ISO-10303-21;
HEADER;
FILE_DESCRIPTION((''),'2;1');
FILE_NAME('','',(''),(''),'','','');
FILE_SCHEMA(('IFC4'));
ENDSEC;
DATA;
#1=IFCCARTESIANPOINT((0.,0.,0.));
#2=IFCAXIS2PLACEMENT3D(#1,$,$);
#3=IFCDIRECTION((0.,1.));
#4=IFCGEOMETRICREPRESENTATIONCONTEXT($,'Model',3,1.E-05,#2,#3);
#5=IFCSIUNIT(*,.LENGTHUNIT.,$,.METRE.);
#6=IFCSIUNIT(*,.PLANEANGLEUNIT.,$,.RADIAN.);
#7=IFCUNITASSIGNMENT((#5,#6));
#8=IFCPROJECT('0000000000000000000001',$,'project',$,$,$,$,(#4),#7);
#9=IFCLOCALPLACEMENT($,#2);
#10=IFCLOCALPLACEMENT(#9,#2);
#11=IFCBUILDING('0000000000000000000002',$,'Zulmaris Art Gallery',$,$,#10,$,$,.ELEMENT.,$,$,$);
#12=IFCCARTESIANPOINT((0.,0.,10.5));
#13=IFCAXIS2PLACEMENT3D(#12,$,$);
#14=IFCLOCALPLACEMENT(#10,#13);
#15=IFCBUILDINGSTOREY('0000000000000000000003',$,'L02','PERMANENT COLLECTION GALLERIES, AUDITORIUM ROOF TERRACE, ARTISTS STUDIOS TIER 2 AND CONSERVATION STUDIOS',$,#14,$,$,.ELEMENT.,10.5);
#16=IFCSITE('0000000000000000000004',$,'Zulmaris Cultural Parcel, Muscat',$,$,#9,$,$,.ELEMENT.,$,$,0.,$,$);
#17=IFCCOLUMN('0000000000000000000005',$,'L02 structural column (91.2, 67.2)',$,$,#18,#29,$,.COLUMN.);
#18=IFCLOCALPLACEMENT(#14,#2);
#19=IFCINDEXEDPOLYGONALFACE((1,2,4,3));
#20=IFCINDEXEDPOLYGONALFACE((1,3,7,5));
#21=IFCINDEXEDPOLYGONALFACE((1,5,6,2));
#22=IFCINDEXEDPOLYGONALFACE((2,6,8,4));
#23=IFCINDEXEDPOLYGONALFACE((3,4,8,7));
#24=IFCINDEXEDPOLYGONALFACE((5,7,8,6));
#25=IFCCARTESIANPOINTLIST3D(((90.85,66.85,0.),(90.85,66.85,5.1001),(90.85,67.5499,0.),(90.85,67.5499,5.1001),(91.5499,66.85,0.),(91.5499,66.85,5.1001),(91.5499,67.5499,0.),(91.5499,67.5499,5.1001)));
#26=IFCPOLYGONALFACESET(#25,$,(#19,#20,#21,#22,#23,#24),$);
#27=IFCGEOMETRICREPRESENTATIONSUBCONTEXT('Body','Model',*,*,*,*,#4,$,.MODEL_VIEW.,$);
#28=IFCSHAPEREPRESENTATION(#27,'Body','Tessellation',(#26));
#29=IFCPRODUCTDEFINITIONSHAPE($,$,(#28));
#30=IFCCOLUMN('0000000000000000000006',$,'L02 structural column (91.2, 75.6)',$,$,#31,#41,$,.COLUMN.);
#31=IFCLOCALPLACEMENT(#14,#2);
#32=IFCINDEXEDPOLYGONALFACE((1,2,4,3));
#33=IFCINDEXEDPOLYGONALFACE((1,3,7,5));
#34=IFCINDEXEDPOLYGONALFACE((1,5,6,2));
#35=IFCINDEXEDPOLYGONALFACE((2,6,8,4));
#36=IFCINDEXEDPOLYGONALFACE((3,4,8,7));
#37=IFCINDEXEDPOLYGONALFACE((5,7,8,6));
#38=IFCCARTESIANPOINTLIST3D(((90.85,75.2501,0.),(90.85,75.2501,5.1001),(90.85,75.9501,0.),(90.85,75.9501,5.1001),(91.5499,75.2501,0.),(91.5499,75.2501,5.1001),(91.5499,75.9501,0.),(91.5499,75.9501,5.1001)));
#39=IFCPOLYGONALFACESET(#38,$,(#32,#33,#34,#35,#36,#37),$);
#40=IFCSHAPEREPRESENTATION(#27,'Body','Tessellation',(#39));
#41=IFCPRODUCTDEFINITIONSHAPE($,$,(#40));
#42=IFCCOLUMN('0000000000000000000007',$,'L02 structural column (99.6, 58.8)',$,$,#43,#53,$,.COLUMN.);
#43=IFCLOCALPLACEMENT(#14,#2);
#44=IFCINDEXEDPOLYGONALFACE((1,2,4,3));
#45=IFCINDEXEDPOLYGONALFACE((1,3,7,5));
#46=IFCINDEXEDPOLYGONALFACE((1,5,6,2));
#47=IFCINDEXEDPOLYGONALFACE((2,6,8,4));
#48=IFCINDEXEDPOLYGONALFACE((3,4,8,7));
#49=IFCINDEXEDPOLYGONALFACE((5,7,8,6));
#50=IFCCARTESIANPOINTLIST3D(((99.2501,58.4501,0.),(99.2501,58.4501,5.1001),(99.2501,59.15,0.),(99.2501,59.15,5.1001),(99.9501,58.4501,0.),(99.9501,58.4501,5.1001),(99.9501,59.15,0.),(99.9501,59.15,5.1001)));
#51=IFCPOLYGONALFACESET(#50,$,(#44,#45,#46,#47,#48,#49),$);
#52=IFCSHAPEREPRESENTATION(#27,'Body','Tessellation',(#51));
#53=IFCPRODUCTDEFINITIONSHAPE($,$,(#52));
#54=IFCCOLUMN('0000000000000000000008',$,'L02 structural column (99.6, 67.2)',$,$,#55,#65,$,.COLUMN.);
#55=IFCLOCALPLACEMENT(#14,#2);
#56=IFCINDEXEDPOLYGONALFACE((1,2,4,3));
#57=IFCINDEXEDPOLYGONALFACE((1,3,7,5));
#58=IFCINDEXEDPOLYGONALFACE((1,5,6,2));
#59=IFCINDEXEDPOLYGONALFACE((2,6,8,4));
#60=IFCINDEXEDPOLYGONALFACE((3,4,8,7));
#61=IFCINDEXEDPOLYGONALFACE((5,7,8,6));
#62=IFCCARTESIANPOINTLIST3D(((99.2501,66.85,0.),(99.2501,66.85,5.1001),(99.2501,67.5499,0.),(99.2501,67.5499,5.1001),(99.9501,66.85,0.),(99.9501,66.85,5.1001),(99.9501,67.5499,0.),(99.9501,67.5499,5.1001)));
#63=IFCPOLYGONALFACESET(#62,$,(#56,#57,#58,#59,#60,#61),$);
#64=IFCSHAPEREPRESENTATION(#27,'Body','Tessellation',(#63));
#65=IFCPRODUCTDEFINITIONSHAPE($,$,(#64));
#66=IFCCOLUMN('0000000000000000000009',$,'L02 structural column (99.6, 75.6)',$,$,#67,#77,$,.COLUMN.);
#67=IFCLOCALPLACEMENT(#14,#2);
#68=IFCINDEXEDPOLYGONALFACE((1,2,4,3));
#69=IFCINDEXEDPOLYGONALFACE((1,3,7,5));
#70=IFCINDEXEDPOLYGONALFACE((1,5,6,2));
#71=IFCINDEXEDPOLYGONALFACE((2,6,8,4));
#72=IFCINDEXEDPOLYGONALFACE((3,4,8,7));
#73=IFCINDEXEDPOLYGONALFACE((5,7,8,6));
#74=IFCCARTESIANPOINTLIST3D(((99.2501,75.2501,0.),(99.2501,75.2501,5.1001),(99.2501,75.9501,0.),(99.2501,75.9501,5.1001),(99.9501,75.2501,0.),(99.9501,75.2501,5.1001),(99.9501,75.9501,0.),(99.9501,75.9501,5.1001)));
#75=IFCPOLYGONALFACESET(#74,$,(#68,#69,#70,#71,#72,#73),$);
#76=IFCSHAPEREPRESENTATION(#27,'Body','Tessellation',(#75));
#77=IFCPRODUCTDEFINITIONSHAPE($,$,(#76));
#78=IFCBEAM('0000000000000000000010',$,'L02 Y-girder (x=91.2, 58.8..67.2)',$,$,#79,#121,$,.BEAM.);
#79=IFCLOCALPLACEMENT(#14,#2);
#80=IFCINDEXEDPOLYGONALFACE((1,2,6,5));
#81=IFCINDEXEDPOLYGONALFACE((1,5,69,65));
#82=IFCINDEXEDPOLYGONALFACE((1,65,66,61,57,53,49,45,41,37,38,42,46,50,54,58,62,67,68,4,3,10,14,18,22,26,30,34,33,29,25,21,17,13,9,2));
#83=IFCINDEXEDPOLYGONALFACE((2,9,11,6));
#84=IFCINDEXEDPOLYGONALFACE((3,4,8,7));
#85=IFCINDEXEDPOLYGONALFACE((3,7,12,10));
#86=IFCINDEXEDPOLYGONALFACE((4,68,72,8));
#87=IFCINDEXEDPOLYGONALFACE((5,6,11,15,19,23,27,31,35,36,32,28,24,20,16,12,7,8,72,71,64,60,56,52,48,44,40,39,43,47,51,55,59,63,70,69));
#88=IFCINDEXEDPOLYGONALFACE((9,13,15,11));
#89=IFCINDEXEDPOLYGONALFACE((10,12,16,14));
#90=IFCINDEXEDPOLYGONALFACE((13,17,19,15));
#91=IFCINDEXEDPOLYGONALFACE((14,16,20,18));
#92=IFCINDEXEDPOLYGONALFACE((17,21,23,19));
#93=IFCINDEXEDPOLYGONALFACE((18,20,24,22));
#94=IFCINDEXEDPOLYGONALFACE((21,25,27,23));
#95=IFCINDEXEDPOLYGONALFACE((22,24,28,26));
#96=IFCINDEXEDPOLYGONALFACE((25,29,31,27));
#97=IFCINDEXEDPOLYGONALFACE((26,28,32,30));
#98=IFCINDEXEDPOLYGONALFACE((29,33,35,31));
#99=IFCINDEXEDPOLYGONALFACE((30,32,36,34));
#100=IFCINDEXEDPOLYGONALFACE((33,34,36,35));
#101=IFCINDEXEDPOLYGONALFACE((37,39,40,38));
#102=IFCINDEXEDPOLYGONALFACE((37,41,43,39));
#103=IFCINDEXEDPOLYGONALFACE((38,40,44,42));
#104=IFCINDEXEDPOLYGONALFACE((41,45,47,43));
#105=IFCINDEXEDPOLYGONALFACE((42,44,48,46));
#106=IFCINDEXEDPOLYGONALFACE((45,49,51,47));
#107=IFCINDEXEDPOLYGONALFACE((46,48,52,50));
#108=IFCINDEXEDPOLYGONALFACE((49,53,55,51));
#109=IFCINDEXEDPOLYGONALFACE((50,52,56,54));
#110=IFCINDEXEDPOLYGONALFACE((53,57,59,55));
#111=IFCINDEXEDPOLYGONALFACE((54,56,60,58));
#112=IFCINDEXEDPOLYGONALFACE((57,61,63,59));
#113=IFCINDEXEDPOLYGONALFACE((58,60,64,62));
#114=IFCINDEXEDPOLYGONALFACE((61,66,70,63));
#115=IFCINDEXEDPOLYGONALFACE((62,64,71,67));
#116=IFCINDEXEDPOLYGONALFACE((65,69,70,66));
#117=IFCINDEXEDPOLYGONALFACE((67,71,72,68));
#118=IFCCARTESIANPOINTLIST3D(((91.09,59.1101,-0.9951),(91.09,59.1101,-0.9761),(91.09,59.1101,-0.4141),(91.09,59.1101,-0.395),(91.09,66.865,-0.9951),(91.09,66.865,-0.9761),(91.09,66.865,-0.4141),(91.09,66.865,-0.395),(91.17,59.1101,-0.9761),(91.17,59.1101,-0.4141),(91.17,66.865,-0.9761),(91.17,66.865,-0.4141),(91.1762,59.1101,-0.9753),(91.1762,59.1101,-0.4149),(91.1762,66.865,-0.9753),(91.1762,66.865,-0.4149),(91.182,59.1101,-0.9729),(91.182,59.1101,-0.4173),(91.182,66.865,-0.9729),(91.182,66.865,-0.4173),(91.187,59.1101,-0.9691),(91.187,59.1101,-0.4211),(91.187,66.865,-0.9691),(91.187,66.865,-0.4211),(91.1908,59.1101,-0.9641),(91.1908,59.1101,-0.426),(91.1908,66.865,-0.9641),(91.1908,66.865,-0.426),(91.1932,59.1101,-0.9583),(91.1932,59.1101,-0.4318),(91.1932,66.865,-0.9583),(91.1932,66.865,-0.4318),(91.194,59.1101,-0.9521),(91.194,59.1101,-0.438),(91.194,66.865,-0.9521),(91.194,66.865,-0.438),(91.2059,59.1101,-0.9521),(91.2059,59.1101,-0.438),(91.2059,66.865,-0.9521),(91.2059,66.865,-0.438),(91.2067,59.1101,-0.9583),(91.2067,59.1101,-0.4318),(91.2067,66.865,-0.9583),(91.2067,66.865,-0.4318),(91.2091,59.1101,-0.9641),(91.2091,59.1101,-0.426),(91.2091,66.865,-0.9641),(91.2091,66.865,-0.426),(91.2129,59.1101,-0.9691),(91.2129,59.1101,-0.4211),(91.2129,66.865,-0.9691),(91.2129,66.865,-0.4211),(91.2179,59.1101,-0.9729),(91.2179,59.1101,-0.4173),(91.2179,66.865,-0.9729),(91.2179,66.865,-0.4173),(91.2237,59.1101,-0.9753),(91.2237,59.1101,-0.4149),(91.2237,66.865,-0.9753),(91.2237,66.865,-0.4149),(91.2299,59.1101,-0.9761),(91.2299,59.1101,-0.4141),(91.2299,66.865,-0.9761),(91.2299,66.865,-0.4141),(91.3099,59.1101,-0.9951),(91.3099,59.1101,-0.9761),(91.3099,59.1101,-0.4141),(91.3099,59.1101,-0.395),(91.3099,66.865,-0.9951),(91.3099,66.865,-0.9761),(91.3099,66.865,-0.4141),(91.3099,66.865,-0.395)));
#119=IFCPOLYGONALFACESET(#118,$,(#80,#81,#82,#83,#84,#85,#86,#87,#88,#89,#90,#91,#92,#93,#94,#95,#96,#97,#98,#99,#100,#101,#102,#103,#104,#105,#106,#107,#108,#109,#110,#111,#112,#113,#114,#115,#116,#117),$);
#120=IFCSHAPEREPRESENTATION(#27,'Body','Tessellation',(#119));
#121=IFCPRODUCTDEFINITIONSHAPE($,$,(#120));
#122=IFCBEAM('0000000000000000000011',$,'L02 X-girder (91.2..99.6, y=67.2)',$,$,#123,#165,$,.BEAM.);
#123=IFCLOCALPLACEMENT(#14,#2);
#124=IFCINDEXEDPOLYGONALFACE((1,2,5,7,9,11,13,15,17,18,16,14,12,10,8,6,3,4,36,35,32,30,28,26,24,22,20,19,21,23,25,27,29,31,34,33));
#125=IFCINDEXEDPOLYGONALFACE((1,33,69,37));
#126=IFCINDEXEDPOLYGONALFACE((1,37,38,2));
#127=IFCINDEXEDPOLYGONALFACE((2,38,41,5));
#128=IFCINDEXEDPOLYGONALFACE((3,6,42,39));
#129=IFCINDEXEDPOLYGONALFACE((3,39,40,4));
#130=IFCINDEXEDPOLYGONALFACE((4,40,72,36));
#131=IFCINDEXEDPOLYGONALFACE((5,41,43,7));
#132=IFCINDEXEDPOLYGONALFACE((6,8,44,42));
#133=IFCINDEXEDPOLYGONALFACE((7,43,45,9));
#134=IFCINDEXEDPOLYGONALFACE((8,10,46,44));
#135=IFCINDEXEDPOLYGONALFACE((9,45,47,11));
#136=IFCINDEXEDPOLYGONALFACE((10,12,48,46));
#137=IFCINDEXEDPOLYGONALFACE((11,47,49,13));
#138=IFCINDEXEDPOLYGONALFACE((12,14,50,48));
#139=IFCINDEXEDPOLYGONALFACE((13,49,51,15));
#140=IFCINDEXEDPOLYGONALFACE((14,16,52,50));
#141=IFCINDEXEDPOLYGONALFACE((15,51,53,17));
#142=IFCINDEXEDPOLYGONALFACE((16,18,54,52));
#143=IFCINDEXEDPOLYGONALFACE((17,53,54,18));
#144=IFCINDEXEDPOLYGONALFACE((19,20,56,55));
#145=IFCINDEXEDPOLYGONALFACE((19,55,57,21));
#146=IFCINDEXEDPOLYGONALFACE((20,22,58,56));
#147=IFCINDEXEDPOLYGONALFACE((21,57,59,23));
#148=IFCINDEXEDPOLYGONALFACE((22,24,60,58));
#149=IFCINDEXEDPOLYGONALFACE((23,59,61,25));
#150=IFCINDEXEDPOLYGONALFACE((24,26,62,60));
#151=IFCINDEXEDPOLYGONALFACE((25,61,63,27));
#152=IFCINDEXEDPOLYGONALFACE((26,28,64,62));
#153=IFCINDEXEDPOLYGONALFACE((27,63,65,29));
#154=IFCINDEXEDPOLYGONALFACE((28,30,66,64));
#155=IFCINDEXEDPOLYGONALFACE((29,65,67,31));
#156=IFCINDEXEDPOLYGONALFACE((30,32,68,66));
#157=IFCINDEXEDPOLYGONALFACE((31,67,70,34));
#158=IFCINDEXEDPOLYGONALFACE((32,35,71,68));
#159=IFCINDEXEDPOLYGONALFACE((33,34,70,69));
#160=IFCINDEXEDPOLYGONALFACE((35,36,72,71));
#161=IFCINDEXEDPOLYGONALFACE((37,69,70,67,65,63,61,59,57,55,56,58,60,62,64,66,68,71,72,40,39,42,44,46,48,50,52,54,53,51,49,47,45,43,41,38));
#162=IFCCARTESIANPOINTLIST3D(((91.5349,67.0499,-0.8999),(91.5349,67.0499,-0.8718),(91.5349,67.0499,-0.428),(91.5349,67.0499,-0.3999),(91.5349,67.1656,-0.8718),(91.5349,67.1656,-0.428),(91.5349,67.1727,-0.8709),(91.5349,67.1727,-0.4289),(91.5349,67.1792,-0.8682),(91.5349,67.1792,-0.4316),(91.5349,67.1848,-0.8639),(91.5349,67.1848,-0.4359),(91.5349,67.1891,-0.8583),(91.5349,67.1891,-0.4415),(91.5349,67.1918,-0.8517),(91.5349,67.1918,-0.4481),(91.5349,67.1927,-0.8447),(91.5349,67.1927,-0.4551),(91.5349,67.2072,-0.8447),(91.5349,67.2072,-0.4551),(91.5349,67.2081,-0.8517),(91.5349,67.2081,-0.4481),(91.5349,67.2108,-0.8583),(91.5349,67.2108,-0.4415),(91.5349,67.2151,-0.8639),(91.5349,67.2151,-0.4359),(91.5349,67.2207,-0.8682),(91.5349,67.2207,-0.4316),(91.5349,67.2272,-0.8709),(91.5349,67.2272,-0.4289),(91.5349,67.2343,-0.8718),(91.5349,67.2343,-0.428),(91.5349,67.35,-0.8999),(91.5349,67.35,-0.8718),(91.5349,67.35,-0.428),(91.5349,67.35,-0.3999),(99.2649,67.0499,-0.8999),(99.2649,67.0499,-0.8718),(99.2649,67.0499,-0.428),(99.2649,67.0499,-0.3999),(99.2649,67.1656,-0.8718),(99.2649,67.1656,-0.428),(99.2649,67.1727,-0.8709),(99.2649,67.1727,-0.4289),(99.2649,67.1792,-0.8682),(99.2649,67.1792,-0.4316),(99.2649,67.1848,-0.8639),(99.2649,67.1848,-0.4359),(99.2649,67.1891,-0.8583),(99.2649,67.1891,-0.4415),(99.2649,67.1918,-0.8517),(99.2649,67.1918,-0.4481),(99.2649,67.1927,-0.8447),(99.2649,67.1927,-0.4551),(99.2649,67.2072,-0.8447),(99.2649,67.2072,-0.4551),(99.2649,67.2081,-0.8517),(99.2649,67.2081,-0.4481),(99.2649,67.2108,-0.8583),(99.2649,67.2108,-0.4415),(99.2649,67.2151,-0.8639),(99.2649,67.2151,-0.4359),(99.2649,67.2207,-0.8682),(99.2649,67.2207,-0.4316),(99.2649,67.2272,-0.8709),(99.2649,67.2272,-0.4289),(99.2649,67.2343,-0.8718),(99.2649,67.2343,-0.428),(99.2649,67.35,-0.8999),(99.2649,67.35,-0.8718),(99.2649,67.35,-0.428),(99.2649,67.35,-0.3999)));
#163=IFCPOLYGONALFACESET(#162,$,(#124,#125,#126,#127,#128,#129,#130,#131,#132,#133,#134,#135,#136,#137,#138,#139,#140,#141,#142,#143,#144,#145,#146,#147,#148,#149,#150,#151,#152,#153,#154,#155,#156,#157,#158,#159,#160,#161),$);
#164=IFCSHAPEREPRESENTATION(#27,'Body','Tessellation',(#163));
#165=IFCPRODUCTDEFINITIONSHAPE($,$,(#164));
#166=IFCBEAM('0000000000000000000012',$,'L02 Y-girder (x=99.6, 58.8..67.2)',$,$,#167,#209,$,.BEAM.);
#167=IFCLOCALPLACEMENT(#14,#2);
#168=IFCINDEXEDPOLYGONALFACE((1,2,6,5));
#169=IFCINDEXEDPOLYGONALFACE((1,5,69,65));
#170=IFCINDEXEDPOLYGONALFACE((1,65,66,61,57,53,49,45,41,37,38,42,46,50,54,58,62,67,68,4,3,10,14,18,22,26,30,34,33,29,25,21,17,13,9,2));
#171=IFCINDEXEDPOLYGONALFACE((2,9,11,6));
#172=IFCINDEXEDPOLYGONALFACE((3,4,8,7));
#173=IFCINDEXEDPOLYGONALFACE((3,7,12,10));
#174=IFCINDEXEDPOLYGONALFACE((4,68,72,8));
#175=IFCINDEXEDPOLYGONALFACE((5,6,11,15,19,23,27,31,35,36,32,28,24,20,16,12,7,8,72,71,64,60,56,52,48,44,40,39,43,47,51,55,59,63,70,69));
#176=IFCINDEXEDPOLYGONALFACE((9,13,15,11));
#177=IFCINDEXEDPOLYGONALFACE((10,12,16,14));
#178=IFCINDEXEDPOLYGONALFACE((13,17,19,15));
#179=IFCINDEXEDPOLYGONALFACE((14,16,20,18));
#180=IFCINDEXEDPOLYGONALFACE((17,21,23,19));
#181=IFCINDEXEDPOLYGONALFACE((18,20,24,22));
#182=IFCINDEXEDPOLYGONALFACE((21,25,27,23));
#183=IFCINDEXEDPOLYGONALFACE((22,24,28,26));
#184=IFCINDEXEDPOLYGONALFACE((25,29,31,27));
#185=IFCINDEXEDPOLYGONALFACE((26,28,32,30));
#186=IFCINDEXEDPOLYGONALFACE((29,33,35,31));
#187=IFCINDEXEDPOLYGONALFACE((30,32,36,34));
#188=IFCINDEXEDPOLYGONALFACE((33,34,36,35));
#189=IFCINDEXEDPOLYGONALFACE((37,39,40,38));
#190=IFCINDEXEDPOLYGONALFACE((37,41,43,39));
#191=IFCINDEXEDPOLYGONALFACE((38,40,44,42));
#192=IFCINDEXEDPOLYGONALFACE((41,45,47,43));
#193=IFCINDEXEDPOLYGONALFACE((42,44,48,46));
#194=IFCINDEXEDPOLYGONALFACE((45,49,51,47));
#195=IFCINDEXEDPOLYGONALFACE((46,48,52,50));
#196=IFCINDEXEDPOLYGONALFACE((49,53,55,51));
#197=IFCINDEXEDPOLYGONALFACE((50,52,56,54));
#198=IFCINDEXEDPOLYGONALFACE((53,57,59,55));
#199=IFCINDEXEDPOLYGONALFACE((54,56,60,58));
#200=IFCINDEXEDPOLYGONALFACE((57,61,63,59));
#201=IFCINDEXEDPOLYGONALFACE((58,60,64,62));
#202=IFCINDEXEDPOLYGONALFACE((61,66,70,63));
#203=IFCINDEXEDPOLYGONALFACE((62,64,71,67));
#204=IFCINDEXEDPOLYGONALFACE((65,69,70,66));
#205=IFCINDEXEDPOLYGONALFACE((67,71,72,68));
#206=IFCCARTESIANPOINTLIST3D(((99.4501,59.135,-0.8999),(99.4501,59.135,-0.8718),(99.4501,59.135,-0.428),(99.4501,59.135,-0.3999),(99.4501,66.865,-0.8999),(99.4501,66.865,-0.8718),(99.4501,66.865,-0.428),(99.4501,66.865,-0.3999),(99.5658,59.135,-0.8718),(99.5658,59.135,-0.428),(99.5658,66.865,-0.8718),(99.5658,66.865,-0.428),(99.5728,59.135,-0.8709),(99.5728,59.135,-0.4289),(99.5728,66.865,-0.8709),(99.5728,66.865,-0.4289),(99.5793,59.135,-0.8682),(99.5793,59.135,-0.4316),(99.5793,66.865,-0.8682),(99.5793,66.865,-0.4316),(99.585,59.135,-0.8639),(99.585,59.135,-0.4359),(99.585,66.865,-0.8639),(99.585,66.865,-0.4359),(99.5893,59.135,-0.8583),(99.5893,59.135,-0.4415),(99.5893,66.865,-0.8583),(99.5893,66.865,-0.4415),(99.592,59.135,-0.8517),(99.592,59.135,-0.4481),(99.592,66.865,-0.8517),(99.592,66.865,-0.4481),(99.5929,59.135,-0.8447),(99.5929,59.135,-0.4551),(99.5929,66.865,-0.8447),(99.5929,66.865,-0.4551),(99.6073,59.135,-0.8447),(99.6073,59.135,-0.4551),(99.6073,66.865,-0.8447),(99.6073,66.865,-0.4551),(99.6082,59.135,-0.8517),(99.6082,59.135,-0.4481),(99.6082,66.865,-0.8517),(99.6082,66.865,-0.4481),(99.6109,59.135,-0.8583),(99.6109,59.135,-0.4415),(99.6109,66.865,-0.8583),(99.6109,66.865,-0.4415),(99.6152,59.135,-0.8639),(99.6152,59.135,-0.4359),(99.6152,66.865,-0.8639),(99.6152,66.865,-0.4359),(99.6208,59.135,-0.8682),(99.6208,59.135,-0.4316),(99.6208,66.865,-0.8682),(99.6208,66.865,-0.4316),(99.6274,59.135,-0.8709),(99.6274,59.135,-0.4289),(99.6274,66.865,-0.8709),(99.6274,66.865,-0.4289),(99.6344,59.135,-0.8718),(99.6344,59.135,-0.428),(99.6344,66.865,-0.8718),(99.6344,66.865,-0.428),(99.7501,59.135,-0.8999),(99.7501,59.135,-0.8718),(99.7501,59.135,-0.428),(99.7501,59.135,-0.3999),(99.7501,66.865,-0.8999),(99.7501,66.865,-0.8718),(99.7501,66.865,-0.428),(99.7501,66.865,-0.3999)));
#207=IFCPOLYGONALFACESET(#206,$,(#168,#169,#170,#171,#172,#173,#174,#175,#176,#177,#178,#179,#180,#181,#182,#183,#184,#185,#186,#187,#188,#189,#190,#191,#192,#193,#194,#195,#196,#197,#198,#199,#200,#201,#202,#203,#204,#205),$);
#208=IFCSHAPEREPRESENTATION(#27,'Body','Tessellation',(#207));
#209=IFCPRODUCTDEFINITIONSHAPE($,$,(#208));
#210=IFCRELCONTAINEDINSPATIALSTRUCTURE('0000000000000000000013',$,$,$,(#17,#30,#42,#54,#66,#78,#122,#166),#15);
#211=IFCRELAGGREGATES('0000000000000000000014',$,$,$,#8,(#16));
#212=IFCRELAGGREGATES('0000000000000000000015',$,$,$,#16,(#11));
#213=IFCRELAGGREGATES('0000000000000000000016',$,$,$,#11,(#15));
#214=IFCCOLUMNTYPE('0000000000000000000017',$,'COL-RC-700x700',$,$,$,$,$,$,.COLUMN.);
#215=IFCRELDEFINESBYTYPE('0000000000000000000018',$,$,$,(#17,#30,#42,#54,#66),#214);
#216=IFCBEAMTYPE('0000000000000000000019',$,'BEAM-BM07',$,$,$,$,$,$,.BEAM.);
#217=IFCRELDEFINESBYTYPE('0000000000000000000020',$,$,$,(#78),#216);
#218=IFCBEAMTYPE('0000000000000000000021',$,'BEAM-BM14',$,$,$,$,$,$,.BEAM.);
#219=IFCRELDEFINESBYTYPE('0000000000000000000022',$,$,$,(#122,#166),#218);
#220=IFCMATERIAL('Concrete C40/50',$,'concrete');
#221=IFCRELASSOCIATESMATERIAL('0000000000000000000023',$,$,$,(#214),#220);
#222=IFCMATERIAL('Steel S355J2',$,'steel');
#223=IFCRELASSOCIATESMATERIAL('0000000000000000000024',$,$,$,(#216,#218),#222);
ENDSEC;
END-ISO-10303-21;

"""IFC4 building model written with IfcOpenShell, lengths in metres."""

from ifc_helpers import new_model, si_unit, direction, frame, origin, origin_2d, place, context, subcontext, project, spatial, rectangle, i_section, extrude, material, material_profile, profile_set, type_object, element, save


model = new_model("IFC4")

# Units and contexts
model_context = context("Model", 3, precision=1e-05, world=origin(), true_north=direction((0.0, 1.0)))
body_context = subcontext(model_context, "Body", "Model", "MODEL_VIEW")
ifc_project = project(units=[si_unit("LENGTHUNIT", "METRE"), si_unit("PLANEANGLEUNIT", "RADIAN")], contexts=[model_context])

# Site, building, storey
site_placement = place(None, origin())
site = spatial("IfcSite", under=ifc_project, at=site_placement, Name="Zulmaris Cultural Parcel, Muscat", CompositionType="ELEMENT", RefElevation=0.0)
building_placement = place(site_placement, origin())
building = spatial("IfcBuilding", under=site, at=building_placement, Name="Zulmaris Art Gallery", CompositionType="ELEMENT")
storey_placement = place(building_placement, frame((0.0, 0.0, 10.5)))
storey = spatial("IfcBuildingStorey", under=building, at=storey_placement, Name="L02", Description="PERMANENT COLLECTION GALLERIES, AUDITORIUM ROOF TERRACE, ARTISTS STUDIOS TIER 2 AND CONSERVATION STUDIOS", CompositionType="ELEMENT", Elevation=10.5)

# Columns
ifc_material_1 = material(Name="Concrete C40/50", Category="concrete")
ifc_material_profile_1 = material_profile(ifc_material_1, rectangle(XDim=0.7, YDim=0.7, at=origin_2d()), Name="RC 700x700")
ifc_profile_set_1 = profile_set([ifc_material_profile_1], Name="Concrete C40/50")
column_type = type_object("IfcColumnType", Name="COL-RC-700x700", PredefinedType="COLUMN", material=ifc_profile_set_1)
for number, where, z_axis, x_axis, name in (
    (1, (91.2, 67.2, 0.0), (0.0, 0.0, 1.0), (1.0, 0.0, 0.0), "L02 structural column (91.2, 67.2)"),
    (2, (91.2, 75.6001, 0.0), (0.0, 0.0, 1.0), (1.0, 0.0, 0.0), "L02 structural column (91.2, 75.6)"),
    (3, (99.6001, 58.8, 0.0), (0.0, 0.0, 1.0), (1.0, 0.0, 0.0), "L02 structural column (99.6, 58.8)"),
    (4, (99.6001, 67.2, 0.0), (0.0, 0.0, 1.0), (1.0, 0.0, 0.0), "L02 structural column (99.6, 67.2)"),
    (5, (99.6001, 75.6001, 0.0), (0.0, 0.0, 1.0), (1.0, 0.0, 0.0), "L02 structural column (99.6, 75.6)"),
):
    element("IfcColumn", number, at=place(storey_placement, frame(where, z_axis=z_axis, x_axis=x_axis)), inside=storey, type_object=column_type, Name=name, PredefinedType="COLUMN", context=body_context, shape_type="SweptSolid", body=[
        extrude(rectangle(XDim=0.7, YDim=0.7, at=origin_2d()), origin(), (0.0, 0.0, 1.0), 5.1001),
    ])

# Beams
ifc_material_2 = material(Name="Steel S355J2", Category="steel")
ifc_material_profile_2 = material_profile(ifc_material_2, i_section(OverallWidth=0.22, OverallDepth=0.6001, WebThickness=0.012, FlangeThickness=0.019, FilletRadius=0.0239, at=origin_2d()), Name="IPE 600")
ifc_profile_set_2 = profile_set([ifc_material_profile_2], Name="Steel S355J2")
beam_type_1 = type_object("IfcBeamType", Name="BEAM-BM07", PredefinedType="BEAM", material=ifc_profile_set_2)
beam_1_placement = place(storey_placement, frame((91.2, 59.1101, -0.6951), z_axis=(0.0, 1.0, 0.0), x_axis=(-1.0, 0.0, 0.0)))
element("IfcBeam", 6, at=beam_1_placement, inside=storey, type_object=beam_type_1, Name="L02 Y-girder (x=91.2, 58.8..67.2)", PredefinedType="BEAM", context=body_context, shape_type="SweptSolid", body=[
    extrude(i_section(OverallWidth=0.22, OverallDepth=0.6001, WebThickness=0.012, FlangeThickness=0.019, FilletRadius=0.0239, at=origin_2d()), origin(), (0.0, 0.0, 1.0), 7.7549),
])
ifc_material_profile_3 = material_profile(ifc_material_2, i_section(OverallWidth=0.3, OverallDepth=0.5, WebThickness=0.0144, FlangeThickness=0.0281, FilletRadius=0.0271, at=origin_2d()), Name="HEB 500")
ifc_profile_set_3 = profile_set([ifc_material_profile_3], Name="Steel S355J2")
beam_type_2 = type_object("IfcBeamType", Name="BEAM-BM14", PredefinedType="BEAM", material=ifc_profile_set_3)
for number, where, z_axis, x_axis, name in (
    (7, (91.5349, 67.2, -0.6499), (1.0, 0.0, 0.0), (0.0, 1.0, 0.0), "L02 X-girder (91.2..99.6, y=67.2)"),
    (8, (99.6001, 59.135, -0.6499), (0.0, 1.0, 0.0), (-1.0, 0.0, 0.0), "L02 Y-girder (x=99.6, 58.8..67.2)"),
):
    element("IfcBeam", number, at=place(storey_placement, frame(where, z_axis=z_axis, x_axis=x_axis)), inside=storey, type_object=beam_type_2, Name=name, PredefinedType="BEAM", context=body_context, shape_type="SweptSolid", body=[
        extrude(i_section(OverallWidth=0.3, OverallDepth=0.5, WebThickness=0.0144, FlangeThickness=0.0281, FilletRadius=0.0271, at=origin_2d()), origin(), (0.0, 0.0, 1.0), 7.73),
    ])

save(model, "model.ifc")
